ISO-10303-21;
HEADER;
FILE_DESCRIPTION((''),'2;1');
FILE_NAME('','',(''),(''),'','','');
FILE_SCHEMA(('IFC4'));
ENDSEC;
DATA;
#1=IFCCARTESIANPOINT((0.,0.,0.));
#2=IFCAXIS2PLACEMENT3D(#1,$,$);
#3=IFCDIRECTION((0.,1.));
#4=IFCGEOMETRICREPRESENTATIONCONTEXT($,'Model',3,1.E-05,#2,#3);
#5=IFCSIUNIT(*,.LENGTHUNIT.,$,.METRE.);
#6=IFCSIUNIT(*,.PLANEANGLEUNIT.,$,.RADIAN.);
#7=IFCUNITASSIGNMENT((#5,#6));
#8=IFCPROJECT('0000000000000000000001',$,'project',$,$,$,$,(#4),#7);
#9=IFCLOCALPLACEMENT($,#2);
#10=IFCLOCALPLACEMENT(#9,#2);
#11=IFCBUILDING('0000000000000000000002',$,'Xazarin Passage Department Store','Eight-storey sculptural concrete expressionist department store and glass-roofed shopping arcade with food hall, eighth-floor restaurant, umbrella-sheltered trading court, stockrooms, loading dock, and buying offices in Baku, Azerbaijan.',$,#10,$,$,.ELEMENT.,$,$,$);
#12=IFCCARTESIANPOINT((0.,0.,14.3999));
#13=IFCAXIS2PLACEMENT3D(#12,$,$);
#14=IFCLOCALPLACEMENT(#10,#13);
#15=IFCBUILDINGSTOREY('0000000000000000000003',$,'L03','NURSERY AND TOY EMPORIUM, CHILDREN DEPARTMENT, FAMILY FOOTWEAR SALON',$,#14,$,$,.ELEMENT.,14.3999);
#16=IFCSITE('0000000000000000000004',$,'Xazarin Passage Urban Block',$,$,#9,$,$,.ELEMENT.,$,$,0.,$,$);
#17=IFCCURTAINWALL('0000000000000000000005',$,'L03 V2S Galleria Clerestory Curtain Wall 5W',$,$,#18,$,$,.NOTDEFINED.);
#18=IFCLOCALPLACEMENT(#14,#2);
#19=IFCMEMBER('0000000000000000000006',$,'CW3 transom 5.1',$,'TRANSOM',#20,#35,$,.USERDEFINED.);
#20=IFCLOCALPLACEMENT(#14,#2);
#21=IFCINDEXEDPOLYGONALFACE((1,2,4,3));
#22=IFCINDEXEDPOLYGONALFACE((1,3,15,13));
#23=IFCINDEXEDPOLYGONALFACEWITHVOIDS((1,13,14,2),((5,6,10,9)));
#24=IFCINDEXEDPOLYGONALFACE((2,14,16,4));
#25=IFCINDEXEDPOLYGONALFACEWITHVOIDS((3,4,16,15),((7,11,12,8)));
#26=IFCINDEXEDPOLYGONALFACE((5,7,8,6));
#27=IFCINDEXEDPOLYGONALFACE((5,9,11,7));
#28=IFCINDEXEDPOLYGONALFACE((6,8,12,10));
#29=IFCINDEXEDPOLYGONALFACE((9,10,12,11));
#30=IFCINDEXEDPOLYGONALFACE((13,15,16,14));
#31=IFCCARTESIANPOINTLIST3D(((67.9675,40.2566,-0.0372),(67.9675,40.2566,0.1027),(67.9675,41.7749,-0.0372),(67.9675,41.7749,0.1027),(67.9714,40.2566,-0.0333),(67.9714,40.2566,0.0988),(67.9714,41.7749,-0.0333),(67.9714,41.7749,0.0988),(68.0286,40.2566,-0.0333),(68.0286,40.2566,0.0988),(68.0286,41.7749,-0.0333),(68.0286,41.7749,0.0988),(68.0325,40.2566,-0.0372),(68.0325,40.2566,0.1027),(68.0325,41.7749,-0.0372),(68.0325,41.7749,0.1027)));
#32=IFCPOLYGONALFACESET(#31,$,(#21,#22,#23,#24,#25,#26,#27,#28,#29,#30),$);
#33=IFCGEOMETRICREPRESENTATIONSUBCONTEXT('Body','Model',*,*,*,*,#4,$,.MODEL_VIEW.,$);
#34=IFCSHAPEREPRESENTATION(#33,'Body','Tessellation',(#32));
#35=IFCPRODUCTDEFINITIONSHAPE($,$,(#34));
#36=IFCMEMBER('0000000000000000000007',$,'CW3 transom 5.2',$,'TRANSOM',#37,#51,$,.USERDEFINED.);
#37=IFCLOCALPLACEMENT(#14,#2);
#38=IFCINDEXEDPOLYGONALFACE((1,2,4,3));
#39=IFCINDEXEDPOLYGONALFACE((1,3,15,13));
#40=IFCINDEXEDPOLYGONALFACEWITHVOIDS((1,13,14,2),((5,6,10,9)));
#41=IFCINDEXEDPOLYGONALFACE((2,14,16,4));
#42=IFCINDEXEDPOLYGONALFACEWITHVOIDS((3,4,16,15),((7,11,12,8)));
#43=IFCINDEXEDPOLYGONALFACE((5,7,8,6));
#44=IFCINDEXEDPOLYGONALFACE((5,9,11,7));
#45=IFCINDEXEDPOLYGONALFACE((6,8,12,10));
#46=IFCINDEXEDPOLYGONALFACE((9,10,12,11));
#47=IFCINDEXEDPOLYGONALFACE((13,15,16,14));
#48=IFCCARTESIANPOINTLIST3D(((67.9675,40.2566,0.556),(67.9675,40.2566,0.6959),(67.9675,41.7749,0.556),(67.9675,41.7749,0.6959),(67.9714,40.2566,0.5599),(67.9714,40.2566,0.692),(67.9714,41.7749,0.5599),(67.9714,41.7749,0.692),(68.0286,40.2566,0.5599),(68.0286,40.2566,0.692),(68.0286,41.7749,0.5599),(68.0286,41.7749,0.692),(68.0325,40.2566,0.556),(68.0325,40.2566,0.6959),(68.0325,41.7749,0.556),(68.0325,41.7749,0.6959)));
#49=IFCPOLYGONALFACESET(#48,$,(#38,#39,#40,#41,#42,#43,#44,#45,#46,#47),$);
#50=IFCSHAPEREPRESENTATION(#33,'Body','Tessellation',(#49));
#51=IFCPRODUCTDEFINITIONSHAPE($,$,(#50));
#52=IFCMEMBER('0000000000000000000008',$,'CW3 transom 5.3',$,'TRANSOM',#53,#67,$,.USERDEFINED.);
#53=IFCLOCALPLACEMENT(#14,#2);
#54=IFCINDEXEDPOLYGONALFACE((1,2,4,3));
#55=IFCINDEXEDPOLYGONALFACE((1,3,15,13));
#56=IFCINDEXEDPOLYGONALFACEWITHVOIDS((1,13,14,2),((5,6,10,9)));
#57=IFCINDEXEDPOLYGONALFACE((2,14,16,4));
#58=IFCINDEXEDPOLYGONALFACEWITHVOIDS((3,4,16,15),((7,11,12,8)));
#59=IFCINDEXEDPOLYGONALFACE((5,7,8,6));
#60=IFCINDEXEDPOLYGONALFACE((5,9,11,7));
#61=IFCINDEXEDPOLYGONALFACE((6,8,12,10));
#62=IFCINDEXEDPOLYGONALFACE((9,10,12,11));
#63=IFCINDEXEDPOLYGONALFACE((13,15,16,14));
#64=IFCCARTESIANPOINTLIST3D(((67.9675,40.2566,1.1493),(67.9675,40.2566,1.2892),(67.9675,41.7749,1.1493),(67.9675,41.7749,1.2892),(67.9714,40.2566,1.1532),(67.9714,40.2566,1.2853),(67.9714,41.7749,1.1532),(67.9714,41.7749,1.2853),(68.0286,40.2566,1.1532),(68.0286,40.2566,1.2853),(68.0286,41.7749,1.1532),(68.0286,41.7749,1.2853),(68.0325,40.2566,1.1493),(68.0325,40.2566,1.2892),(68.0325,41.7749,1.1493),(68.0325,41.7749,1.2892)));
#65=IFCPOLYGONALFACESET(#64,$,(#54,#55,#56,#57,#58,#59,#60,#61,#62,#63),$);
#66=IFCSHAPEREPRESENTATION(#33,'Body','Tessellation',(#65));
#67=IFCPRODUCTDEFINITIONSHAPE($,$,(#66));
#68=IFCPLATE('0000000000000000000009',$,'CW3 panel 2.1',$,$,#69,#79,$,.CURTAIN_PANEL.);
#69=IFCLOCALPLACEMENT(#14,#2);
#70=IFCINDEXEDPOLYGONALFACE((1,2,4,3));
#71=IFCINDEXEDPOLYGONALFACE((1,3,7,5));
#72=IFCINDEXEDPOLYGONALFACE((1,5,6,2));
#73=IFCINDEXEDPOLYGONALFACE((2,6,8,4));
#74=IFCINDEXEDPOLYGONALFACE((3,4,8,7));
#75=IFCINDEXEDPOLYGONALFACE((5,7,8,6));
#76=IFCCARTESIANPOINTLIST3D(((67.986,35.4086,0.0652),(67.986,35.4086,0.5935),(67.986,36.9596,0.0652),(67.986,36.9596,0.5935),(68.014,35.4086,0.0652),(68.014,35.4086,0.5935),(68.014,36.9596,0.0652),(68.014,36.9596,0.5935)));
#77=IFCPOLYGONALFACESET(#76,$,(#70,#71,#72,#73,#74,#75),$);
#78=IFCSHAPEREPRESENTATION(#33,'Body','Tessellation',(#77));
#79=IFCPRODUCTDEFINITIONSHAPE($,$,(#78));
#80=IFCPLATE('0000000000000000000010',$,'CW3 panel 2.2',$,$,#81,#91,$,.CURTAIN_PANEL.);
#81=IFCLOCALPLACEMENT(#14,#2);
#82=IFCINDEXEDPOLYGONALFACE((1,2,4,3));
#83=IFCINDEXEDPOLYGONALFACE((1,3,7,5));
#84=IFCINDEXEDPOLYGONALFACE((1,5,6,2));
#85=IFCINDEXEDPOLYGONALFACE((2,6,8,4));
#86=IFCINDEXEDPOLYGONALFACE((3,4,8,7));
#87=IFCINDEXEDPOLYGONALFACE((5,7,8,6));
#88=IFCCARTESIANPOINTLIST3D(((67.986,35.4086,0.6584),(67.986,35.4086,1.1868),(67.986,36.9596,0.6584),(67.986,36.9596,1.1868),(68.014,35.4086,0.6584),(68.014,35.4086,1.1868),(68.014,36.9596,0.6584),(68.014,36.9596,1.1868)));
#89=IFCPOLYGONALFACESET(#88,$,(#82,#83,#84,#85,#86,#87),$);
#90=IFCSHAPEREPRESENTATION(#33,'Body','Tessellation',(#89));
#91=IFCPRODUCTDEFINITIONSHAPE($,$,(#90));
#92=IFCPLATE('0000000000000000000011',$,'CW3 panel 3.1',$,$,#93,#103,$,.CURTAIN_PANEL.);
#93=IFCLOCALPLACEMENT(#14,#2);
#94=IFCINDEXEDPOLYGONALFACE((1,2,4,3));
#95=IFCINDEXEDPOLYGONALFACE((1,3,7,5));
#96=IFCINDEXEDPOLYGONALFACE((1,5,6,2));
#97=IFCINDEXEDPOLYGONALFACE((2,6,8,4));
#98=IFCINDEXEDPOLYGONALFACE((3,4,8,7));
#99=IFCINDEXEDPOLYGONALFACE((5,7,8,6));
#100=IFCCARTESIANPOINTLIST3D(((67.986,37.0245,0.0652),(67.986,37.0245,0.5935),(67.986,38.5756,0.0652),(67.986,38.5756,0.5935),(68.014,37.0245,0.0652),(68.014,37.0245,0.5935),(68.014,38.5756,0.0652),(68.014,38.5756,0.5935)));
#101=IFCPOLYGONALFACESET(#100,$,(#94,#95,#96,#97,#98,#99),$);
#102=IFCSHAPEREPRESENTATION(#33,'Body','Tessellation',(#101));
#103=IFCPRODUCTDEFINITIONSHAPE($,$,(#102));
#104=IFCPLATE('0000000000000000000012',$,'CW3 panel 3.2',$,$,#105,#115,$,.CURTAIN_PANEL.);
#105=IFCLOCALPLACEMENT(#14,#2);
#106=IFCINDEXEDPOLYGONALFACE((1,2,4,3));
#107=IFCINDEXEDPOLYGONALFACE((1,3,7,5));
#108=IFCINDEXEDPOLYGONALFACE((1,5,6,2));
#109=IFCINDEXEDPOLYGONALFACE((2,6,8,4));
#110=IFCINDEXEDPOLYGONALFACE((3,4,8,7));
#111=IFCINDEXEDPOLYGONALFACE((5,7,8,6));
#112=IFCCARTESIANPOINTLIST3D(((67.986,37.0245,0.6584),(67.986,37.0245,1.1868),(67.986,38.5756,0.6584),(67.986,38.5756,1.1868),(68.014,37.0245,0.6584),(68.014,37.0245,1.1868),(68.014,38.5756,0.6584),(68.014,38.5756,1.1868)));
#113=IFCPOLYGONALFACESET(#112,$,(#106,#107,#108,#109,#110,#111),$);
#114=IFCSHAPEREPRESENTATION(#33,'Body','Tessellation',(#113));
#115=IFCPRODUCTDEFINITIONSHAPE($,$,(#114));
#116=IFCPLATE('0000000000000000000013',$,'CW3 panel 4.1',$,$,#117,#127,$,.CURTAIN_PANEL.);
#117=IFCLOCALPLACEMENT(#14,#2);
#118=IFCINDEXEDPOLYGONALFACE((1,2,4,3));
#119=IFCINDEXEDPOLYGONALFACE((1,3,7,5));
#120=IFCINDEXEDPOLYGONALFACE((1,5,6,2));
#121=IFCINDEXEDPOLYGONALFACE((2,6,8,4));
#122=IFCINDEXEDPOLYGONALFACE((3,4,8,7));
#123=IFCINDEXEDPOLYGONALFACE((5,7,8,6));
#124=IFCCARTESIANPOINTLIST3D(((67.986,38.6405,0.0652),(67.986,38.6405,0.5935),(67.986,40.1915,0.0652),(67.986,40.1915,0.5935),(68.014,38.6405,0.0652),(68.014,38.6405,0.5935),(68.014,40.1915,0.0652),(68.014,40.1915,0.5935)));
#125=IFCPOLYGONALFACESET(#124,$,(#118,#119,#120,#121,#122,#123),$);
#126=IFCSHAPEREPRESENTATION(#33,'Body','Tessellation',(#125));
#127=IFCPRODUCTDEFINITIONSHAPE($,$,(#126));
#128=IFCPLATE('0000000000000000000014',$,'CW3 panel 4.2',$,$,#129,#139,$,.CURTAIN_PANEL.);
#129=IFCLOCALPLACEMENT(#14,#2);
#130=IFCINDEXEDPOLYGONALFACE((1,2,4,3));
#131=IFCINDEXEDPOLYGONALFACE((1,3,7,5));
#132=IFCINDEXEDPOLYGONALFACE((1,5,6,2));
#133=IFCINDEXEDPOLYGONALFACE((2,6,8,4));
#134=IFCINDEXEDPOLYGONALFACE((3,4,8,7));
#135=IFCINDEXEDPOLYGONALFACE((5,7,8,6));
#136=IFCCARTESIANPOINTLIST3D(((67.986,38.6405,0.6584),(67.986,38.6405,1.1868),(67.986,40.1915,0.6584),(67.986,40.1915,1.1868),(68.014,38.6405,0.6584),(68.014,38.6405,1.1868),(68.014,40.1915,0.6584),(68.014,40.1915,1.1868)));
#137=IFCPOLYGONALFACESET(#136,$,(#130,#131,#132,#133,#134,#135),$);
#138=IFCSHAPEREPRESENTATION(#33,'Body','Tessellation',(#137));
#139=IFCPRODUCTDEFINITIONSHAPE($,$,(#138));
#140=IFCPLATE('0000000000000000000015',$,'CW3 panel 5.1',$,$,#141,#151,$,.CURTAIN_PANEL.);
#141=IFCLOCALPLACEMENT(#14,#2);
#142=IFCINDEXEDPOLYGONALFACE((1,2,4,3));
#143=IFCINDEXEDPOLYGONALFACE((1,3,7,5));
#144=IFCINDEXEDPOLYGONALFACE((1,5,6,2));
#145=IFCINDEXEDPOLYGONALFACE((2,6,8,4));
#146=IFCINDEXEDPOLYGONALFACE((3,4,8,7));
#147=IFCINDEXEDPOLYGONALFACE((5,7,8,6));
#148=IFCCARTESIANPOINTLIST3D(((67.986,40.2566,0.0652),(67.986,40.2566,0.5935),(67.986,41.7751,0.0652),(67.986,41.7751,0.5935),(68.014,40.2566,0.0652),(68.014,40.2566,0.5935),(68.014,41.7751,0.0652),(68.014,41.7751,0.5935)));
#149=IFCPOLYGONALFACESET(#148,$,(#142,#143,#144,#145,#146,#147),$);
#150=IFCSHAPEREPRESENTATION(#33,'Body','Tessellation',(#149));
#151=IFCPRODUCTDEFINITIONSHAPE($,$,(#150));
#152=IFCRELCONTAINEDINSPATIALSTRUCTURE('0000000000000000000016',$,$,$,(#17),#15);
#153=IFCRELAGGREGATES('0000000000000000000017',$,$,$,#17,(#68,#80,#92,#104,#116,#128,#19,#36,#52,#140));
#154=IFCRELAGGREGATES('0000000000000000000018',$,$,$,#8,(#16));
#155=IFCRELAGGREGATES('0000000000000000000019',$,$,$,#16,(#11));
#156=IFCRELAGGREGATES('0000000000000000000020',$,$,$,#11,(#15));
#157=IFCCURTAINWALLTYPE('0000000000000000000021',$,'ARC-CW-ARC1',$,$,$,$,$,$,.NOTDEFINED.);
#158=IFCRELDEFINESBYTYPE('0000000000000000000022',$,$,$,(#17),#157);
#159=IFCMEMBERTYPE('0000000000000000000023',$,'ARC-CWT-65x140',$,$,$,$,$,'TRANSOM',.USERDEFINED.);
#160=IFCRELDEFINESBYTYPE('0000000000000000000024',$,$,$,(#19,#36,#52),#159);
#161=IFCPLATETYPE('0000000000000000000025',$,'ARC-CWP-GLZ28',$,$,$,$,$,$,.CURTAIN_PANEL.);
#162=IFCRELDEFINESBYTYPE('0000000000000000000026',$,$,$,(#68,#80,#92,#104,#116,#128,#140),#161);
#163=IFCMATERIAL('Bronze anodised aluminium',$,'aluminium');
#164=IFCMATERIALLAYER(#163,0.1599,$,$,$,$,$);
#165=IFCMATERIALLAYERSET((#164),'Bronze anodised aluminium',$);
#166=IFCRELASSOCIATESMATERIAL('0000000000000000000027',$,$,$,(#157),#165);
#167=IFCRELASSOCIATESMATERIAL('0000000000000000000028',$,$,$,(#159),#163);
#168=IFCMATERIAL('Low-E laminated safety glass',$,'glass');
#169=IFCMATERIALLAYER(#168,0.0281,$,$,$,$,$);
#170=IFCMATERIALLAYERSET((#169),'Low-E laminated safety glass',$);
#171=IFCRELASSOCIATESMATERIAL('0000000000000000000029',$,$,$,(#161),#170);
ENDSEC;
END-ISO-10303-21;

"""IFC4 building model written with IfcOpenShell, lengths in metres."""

from ifc_helpers import new_model, si_unit, direction, frame, origin, origin_2d, place, context, subcontext, project, spatial, rectangle, hollow_rectangle, extrude, material, layer, layer_set, material_profile, profile_set, type_object, element, aggregate, save


model = new_model("IFC4")

# Units and contexts
model_context = context("Model", 3, precision=1e-05, world=origin(), true_north=direction((0.0, 1.0)))
body_context = subcontext(model_context, "Body", "Model", "MODEL_VIEW")
ifc_project = project(units=[si_unit("LENGTHUNIT", "METRE"), si_unit("PLANEANGLEUNIT", "RADIAN")], contexts=[model_context])

# Site, building, storey
site_placement = place(None, origin())
site = spatial("IfcSite", under=ifc_project, at=site_placement, Name="Xazarin Passage Urban Block", CompositionType="ELEMENT", RefElevation=0.0)
building_placement = place(site_placement, origin())
building = spatial("IfcBuilding", under=site, at=building_placement, Name="Xazarin Passage Department Store", Description="Eight-storey sculptural concrete expressionist department store and glass-roofed shopping arcade with food hall, eighth-floor restaurant, umbrella-sheltered trading court, stockrooms, loading dock, and buying offices in Baku, Azerbaijan.", CompositionType="ELEMENT")
storey_placement = place(building_placement, frame((0.0, 0.0, 14.3999)))
storey = spatial("IfcBuildingStorey", under=building, at=storey_placement, Name="L03", Description="NURSERY AND TOY EMPORIUM, CHILDREN DEPARTMENT, FAMILY FOOTWEAR SALON", CompositionType="ELEMENT", Elevation=14.3999)

# Curtain wall, members, plates
ifc_material_1 = material(Name="Bronze anodised aluminium", Category="aluminium")
ifc_layer_1 = layer(ifc_material_1, 0.1599)
ifc_layer_set_1 = layer_set([ifc_layer_1], Name="Bronze anodised aluminium")
curtain_wall_type = type_object("IfcCurtainWallType", Name="ARC-CW-ARC1", PredefinedType="NOTDEFINED", material=ifc_layer_set_1)
curtain_wall_placement = place(storey_placement, origin())
curtain_wall = element("IfcCurtainWall", 1, at=curtain_wall_placement, inside=storey, type_object=curtain_wall_type, Name="L03 V2S Galleria Clerestory Curtain Wall 5W", PredefinedType="NOTDEFINED")
ifc_material_profile_1 = material_profile(ifc_material_1, hollow_rectangle(XDim=0.0649, YDim=0.1399, WallThickness=0.0039, at=origin_2d()), Name="ALU 65x140")
ifc_profile_set_1 = profile_set([ifc_material_profile_1], Name="Bronze anodised aluminium")
member_type_1 = type_object("IfcMemberType", Name="ARC-CWT-65x140", ElementType="TRANSOM", PredefinedType="USERDEFINED", material=ifc_profile_set_1)
member_1_placement = place(storey_placement, frame((68.0, 40.2566, 0.0327), z_axis=(0.0, 1.0, 0.0), x_axis=(-1.0, 0.0, 0.0)))
member_1 = element("IfcMember", 2, at=member_1_placement, type_object=member_type_1, Name="CW3 transom 5.1", ObjectType="TRANSOM", PredefinedType="USERDEFINED", context=body_context, shape_type="SweptSolid", body=[
    extrude(hollow_rectangle(XDim=0.0649, YDim=0.1399, WallThickness=0.0039, at=origin_2d()), origin(), (0.0, 0.0, 1.0), 1.5183),
])
member_2_placement = place(storey_placement, frame((68.0, 40.2566, 0.626), z_axis=(0.0, 1.0, 0.0), x_axis=(-1.0, 0.0, 0.0)))
member_2 = element("IfcMember", 3, at=member_2_placement, type_object=member_type_1, Name="CW3 transom 5.2", ObjectType="TRANSOM", PredefinedType="USERDEFINED", context=body_context, shape_type="SweptSolid", body=[
    extrude(hollow_rectangle(XDim=0.0649, YDim=0.1399, WallThickness=0.0039, at=origin_2d()), origin(), (0.0, 0.0, 1.0), 1.5183),
])
member_3_placement = place(storey_placement, frame((68.0, 40.2566, 1.2192), z_axis=(0.0, 1.0, 0.0), x_axis=(-1.0, 0.0, 0.0)))
member_3 = element("IfcMember", 4, at=member_3_placement, type_object=member_type_1, Name="CW3 transom 5.3", ObjectType="TRANSOM", PredefinedType="USERDEFINED", context=body_context, shape_type="SweptSolid", body=[
    extrude(hollow_rectangle(XDim=0.0649, YDim=0.1399, WallThickness=0.0039, at=origin_2d()), origin(), (0.0, 0.0, 1.0), 1.5183),
])
ifc_material_2 = material(Name="Low-E laminated safety glass", Category="glass")
ifc_layer_2 = layer(ifc_material_2, 0.0281)
ifc_layer_set_2 = layer_set([ifc_layer_2], Name="Low-E laminated safety glass")
plate_type = type_object("IfcPlateType", Name="ARC-CWP-GLZ28", PredefinedType="CURTAIN_PANEL", material=ifc_layer_set_2)
plate_1_placement = place(storey_placement, frame((68.0, 36.1841, 0.0652), z_axis=(0.0, 0.0, 1.0), x_axis=(0.0, 1.0, 0.0)))
plate_1 = element("IfcPlate", 5, at=plate_1_placement, type_object=plate_type, Name="CW3 panel 2.1", PredefinedType="CURTAIN_PANEL", context=body_context, shape_type="SweptSolid", body=[
    extrude(rectangle(XDim=1.551, YDim=0.0281, at=origin_2d()), origin(), (0.0, 0.0, 1.0), 0.5283),
])
plate_2_placement = place(storey_placement, frame((68.0, 36.1841, 0.6584), z_axis=(0.0, 0.0, 1.0), x_axis=(0.0, 1.0, 0.0)))
plate_2 = element("IfcPlate", 6, at=plate_2_placement, type_object=plate_type, Name="CW3 panel 2.2", PredefinedType="CURTAIN_PANEL", context=body_context, shape_type="SweptSolid", body=[
    extrude(rectangle(XDim=1.551, YDim=0.0281, at=origin_2d()), origin(), (0.0, 0.0, 1.0), 0.5283),
])
plate_3_placement = place(storey_placement, frame((68.0, 37.8, 0.0652), z_axis=(0.0, 0.0, 1.0), x_axis=(0.0, 1.0, 0.0)))
plate_3 = element("IfcPlate", 7, at=plate_3_placement, type_object=plate_type, Name="CW3 panel 3.1", PredefinedType="CURTAIN_PANEL", context=body_context, shape_type="SweptSolid", body=[
    extrude(rectangle(XDim=1.551, YDim=0.0281, at=origin_2d()), origin(), (0.0, 0.0, 1.0), 0.5283),
])
plate_4_placement = place(storey_placement, frame((68.0, 37.8, 0.6584), z_axis=(0.0, 0.0, 1.0), x_axis=(0.0, 1.0, 0.0)))
plate_4 = element("IfcPlate", 8, at=plate_4_placement, type_object=plate_type, Name="CW3 panel 3.2", PredefinedType="CURTAIN_PANEL", context=body_context, shape_type="SweptSolid", body=[
    extrude(rectangle(XDim=1.551, YDim=0.0281, at=origin_2d()), origin(), (0.0, 0.0, 1.0), 0.5283),
])
plate_5_placement = place(storey_placement, frame((68.0, 39.416, 0.0652), z_axis=(0.0, 0.0, 1.0), x_axis=(0.0, 1.0, 0.0)))
plate_5 = element("IfcPlate", 9, at=plate_5_placement, type_object=plate_type, Name="CW3 panel 4.1", PredefinedType="CURTAIN_PANEL", context=body_context, shape_type="SweptSolid", body=[
    extrude(rectangle(XDim=1.551, YDim=0.0281, at=origin_2d()), origin(), (0.0, 0.0, 1.0), 0.5283),
])
plate_6_placement = place(storey_placement, frame((68.0, 39.416, 0.6584), z_axis=(0.0, 0.0, 1.0), x_axis=(0.0, 1.0, 0.0)))
plate_6 = element("IfcPlate", 10, at=plate_6_placement, type_object=plate_type, Name="CW3 panel 4.2", PredefinedType="CURTAIN_PANEL", context=body_context, shape_type="SweptSolid", body=[
    extrude(rectangle(XDim=1.551, YDim=0.0281, at=origin_2d()), origin(), (0.0, 0.0, 1.0), 0.5283),
])
plate_7_placement = place(storey_placement, frame((68.0, 41.0159, 0.0652), z_axis=(0.0, 0.0, 1.0), x_axis=(0.0, 1.0, 0.0)))
plate_7 = element("IfcPlate", 11, at=plate_7_placement, type_object=plate_type, Name="CW3 panel 5.1", PredefinedType="CURTAIN_PANEL", context=body_context, shape_type="SweptSolid", body=[
    extrude(rectangle(XDim=1.5186, YDim=0.0281, at=origin_2d()), origin(), (0.0, 0.0, 1.0), 0.5283),
])
aggregate(curtain_wall, [plate_1, plate_2, plate_3, plate_4, plate_5, plate_6, member_1, member_2, member_3, plate_7])

save(model, "model.ifc")
